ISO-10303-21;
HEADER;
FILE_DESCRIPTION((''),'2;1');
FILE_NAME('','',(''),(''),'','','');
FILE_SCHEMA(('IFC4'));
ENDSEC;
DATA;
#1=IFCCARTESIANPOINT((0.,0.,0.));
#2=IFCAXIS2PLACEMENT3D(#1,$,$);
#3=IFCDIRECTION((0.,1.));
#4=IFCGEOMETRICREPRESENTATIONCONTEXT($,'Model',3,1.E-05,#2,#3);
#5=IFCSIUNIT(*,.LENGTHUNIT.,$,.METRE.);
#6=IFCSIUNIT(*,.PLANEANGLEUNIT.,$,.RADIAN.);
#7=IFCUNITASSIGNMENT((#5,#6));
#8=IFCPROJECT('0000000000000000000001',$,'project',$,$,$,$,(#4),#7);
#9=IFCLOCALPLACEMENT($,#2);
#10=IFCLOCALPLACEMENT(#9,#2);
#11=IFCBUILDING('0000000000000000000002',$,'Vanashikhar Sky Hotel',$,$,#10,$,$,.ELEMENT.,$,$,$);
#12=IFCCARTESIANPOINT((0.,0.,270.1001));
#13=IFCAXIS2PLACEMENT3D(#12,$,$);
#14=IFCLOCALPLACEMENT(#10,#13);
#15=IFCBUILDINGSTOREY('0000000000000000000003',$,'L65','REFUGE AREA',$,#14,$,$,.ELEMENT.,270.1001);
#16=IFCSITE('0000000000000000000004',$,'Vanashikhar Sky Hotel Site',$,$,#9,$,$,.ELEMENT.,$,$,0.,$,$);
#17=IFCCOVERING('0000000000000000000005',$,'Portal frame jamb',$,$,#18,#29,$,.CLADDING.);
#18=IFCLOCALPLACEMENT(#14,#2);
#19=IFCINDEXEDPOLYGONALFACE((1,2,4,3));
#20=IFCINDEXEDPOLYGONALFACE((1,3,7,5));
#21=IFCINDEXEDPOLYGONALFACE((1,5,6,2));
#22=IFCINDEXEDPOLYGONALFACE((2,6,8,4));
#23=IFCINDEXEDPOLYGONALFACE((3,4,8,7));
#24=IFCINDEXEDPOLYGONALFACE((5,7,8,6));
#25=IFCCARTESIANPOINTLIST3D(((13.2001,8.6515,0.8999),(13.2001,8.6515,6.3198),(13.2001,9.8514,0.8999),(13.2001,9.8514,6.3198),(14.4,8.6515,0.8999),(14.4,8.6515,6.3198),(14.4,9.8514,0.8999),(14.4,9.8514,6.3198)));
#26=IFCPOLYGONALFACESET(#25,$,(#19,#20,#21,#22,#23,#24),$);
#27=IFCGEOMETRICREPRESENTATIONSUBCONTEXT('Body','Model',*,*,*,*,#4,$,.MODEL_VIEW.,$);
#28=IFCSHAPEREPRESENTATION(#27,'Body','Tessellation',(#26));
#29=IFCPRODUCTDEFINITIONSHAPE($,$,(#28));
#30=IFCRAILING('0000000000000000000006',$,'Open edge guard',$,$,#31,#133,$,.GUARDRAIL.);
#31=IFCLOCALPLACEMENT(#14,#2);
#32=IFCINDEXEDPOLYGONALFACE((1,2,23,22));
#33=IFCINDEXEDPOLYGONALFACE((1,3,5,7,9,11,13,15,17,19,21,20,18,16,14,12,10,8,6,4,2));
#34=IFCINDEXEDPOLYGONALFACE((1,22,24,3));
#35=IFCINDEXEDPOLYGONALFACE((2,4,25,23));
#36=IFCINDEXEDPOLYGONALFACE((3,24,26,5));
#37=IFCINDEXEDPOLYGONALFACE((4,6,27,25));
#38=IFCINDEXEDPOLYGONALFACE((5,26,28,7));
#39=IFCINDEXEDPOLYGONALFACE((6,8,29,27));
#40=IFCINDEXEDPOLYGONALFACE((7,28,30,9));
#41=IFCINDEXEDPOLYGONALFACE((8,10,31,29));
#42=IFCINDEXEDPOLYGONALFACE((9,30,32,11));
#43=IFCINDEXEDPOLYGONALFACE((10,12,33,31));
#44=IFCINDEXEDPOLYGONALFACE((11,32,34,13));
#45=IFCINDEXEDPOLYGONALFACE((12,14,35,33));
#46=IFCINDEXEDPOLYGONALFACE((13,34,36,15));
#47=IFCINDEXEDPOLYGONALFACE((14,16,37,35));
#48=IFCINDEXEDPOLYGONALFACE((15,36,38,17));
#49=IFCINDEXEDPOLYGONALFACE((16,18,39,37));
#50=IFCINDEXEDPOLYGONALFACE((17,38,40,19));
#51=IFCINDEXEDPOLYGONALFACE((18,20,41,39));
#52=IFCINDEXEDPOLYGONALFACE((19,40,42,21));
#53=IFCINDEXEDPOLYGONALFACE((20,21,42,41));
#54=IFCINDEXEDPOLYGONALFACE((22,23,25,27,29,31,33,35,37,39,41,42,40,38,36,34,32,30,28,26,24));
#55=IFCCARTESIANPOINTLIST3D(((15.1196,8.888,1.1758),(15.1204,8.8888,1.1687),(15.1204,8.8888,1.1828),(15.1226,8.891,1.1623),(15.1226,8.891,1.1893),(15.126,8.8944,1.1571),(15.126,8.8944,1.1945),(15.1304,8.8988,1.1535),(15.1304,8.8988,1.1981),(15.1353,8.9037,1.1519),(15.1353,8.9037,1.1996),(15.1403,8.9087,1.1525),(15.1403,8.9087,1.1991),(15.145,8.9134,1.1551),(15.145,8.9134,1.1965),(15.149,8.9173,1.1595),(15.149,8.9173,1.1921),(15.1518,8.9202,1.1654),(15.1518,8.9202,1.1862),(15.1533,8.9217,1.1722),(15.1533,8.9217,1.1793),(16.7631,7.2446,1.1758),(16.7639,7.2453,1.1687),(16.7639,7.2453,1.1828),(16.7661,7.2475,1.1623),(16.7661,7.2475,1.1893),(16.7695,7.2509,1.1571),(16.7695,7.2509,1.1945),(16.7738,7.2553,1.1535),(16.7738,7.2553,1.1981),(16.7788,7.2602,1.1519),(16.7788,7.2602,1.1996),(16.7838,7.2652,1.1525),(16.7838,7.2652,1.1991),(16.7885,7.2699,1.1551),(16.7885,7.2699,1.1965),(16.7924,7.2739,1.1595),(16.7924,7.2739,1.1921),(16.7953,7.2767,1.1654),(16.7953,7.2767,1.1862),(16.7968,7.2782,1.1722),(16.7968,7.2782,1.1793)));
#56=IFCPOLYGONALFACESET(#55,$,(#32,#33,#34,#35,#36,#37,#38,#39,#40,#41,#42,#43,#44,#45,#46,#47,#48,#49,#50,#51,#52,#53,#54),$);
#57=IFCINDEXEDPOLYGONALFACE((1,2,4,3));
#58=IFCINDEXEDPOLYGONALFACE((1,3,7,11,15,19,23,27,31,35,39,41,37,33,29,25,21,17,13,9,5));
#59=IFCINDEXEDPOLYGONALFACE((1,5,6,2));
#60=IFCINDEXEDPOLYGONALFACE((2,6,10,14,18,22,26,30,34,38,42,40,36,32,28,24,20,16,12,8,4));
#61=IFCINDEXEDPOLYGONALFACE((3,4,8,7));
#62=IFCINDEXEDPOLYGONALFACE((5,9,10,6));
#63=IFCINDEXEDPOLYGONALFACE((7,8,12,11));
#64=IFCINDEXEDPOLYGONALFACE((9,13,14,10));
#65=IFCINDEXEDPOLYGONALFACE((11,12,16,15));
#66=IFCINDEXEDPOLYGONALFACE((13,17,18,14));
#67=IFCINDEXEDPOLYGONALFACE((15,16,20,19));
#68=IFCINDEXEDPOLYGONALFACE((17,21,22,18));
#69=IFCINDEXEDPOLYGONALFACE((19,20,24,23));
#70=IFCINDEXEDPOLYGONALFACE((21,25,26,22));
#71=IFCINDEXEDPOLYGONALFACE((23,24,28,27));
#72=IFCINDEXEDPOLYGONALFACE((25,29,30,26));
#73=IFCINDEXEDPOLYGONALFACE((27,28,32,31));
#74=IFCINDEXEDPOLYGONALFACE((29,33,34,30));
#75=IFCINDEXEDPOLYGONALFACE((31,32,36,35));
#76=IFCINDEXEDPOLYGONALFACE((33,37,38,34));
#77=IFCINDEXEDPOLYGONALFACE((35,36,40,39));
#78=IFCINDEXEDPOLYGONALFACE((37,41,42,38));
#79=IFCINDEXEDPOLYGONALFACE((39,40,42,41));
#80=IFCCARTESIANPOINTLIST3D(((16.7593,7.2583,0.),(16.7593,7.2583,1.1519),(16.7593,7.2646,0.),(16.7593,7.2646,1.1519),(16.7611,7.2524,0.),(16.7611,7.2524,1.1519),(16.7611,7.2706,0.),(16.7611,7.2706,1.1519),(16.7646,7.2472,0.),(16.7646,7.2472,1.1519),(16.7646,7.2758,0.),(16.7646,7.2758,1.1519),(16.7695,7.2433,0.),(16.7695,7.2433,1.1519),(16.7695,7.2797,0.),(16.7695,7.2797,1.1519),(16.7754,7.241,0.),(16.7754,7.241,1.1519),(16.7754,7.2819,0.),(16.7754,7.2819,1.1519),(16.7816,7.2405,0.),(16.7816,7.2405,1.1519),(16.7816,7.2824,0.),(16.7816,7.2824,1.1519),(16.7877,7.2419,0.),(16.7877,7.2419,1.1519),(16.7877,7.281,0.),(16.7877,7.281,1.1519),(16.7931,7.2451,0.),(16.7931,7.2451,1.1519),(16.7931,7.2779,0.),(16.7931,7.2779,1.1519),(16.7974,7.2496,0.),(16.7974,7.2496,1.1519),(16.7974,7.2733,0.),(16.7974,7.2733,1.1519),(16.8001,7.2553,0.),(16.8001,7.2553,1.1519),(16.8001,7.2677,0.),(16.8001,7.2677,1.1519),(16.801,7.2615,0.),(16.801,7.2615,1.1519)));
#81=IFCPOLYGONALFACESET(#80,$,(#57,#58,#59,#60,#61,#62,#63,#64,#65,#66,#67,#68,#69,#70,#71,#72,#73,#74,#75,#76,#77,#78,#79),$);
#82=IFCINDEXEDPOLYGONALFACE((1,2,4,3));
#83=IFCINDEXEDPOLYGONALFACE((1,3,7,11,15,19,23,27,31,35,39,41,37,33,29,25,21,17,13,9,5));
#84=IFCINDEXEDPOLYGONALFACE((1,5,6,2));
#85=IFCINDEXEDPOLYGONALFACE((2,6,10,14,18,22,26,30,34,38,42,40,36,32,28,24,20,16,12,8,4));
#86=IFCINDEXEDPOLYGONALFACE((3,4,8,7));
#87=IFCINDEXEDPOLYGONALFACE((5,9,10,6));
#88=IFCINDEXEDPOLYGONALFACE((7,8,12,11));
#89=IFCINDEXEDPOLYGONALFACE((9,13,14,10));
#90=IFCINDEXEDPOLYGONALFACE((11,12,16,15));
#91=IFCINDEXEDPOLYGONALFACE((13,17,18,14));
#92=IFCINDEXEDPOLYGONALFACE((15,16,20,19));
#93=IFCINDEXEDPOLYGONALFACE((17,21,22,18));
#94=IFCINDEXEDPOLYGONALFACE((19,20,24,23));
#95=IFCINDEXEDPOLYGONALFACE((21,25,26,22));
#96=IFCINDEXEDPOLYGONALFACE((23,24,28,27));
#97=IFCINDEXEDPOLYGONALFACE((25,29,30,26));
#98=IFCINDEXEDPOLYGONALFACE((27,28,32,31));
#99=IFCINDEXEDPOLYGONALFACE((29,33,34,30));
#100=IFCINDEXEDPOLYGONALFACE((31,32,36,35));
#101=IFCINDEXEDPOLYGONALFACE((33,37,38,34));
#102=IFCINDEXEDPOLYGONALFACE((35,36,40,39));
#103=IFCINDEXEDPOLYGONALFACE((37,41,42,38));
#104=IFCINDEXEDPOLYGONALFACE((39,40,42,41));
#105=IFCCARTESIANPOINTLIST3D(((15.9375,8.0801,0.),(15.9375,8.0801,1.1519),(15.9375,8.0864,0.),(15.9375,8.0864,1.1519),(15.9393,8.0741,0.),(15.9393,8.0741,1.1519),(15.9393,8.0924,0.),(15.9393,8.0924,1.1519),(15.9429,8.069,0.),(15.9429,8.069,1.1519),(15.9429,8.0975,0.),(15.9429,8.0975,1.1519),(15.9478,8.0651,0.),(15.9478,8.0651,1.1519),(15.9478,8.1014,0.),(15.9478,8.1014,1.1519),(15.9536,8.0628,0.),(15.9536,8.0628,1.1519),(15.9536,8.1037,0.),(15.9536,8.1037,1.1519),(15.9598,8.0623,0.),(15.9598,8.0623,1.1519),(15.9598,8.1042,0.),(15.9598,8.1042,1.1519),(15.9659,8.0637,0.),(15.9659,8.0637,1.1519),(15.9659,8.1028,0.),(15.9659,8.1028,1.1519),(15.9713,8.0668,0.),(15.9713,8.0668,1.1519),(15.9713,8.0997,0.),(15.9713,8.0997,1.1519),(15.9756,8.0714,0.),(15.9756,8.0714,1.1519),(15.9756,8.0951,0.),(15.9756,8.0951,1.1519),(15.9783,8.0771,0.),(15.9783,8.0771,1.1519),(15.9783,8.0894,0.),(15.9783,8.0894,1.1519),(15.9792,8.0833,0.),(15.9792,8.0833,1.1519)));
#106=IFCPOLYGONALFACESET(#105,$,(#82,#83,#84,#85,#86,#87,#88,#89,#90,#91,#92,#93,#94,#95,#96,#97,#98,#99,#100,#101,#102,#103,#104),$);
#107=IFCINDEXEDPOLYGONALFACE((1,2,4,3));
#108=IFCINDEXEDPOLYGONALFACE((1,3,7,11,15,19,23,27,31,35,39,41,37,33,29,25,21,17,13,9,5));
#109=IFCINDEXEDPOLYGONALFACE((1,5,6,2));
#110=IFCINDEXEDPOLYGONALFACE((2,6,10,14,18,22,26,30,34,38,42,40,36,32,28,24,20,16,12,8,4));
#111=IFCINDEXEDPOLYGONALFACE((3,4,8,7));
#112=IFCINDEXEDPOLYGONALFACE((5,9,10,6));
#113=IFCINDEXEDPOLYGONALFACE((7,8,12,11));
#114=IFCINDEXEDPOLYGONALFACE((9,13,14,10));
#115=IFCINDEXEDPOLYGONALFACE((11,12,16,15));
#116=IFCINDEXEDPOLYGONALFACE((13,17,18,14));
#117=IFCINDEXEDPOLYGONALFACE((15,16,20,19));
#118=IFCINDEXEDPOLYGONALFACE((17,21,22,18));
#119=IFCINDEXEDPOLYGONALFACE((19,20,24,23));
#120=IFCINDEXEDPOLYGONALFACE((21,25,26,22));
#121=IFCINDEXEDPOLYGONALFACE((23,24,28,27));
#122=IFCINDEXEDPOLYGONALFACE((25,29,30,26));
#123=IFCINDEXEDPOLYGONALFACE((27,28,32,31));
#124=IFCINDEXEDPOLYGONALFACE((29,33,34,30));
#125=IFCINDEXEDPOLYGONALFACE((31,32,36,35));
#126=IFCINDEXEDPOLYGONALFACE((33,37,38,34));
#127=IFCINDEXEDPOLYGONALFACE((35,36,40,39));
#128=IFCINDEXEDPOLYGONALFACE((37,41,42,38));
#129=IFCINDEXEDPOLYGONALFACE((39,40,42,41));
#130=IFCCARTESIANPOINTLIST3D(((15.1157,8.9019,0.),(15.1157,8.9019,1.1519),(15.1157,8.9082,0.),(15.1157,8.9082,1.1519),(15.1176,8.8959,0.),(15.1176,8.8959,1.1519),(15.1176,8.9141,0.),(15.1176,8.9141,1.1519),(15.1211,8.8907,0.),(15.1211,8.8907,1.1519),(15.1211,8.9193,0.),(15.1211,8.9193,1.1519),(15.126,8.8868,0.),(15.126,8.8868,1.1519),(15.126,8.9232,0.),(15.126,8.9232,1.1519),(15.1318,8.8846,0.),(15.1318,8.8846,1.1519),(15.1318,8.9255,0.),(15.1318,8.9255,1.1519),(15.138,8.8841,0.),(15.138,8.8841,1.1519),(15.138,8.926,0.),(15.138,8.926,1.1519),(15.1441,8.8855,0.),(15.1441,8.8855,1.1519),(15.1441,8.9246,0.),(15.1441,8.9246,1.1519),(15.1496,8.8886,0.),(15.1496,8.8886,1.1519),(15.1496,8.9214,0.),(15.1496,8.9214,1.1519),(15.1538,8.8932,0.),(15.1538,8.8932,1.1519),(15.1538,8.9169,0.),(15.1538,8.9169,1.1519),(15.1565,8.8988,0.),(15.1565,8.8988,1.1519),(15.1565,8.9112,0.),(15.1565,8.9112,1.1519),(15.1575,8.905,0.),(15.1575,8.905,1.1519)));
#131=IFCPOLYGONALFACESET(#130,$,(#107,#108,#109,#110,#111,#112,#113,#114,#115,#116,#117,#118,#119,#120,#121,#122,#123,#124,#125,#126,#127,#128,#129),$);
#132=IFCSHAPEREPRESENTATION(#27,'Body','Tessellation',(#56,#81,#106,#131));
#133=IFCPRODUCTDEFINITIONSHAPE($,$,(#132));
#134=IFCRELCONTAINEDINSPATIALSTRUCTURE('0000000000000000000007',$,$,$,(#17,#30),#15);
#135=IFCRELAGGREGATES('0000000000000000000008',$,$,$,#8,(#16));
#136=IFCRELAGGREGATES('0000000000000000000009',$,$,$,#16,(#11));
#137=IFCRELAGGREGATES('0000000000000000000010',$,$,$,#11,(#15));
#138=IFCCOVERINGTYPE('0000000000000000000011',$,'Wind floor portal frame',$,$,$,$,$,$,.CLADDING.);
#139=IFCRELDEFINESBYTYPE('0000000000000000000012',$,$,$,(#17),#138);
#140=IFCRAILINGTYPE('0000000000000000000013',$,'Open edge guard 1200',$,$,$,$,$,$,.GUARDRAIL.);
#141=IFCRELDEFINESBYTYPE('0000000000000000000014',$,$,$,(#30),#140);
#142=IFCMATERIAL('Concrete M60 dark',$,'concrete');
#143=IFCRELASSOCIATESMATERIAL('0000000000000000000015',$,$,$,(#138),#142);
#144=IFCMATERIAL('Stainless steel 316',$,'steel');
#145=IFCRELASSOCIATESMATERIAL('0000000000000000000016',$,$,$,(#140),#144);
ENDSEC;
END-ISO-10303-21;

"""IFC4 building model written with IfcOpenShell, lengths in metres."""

from ifc_helpers import new_model, si_unit, direction, frame, origin, origin_2d, place, context, subcontext, project, spatial, rectangle, circle, extrude, source, transform, mapped, material, type_object, element, save


model = new_model("IFC4")

# Units and contexts
model_context = context("Model", 3, precision=1e-05, world=origin(), true_north=direction((0.0, 1.0)))
body_context = subcontext(model_context, "Body", "Model", "MODEL_VIEW")
ifc_project = project(units=[si_unit("LENGTHUNIT", "METRE"), si_unit("PLANEANGLEUNIT", "RADIAN")], contexts=[model_context])

# Site, building, storey
site_placement = place(None, origin())
site = spatial("IfcSite", under=ifc_project, at=site_placement, Name="Vanashikhar Sky Hotel Site", CompositionType="ELEMENT", RefElevation=0.0)
building_placement = place(site_placement, origin())
building = spatial("IfcBuilding", under=site, at=building_placement, Name="Vanashikhar Sky Hotel", CompositionType="ELEMENT")
storey_placement = place(building_placement, frame((0.0, 0.0, 270.1001)))
storey = spatial("IfcBuildingStorey", under=building, at=storey_placement, Name="L65", Description="REFUGE AREA", CompositionType="ELEMENT", Elevation=270.1001)

# Covering
ifc_material_1 = material(Name="Concrete M60 dark", Category="concrete")
covering_type = type_object("IfcCoveringType", Name="Wind floor portal frame", PredefinedType="CLADDING", material=ifc_material_1)
shared_shape_1 = source(origin(), body_context, "Body", "SweptSolid", [
    extrude(rectangle(XDim=1.2, YDim=1.2, at=origin_2d()), origin(), (0.0, 0.0, 1.0), 5.4199),
])
covering_1_placement = place(storey_placement, frame((13.8, 9.2515, 0.8999), z_axis=(0.0, 0.0, 1.0), x_axis=(1.0, 0.0, 0.0)))
element("IfcCovering", 1, at=covering_1_placement, inside=storey, type_object=covering_type, Name="Portal frame jamb", PredefinedType="CLADDING", context=body_context, shape_type="MappedRepresentation", body=[
    mapped(shared_shape_1, transform((0.0, 0.0, 0.0), scale=1.0)),
])

# Railing
ifc_material_2 = material(Name="Stainless steel 316", Category="steel")
railing_type = type_object("IfcRailingType", Name="Open edge guard 1200", PredefinedType="GUARDRAIL", material=ifc_material_2)
shared_shape_2 = source(origin(), body_context, "Body", "SweptSolid", [
    extrude(circle(Radius=0.0239, at=origin_2d()), frame((0.0, 0.0, 1.1758), z_axis=(-0.707107, 0.707107, 0.0), x_axis=(-0.707107, -0.707107, 0.0)), (0.0, 0.0, 1.0), 2.3242),
    extrude(circle(Radius=0.021, at=origin_2d()), origin(), (0.0, 0.0, 1.0), 1.1519),
    extrude(circle(Radius=0.021, at=origin_2d()), frame((-0.8218, 0.8218, 0.0)), (0.0, 0.0, 1.0), 1.1519),
    extrude(circle(Radius=0.021, at=origin_2d()), frame((-1.6436, 1.6436, 0.0)), (0.0, 0.0, 1.0), 1.1519),
])
railing_1_placement = place(storey_placement, frame((16.78, 7.2615, 0.0)))
element("IfcRailing", 2, at=railing_1_placement, inside=storey, type_object=railing_type, Name="Open edge guard", PredefinedType="GUARDRAIL", context=body_context, shape_type="MappedRepresentation", body=[
    mapped(shared_shape_2, transform((0.0, 0.0, 0.0), scale=1.0)),
])

save(model, "model.ifc")
